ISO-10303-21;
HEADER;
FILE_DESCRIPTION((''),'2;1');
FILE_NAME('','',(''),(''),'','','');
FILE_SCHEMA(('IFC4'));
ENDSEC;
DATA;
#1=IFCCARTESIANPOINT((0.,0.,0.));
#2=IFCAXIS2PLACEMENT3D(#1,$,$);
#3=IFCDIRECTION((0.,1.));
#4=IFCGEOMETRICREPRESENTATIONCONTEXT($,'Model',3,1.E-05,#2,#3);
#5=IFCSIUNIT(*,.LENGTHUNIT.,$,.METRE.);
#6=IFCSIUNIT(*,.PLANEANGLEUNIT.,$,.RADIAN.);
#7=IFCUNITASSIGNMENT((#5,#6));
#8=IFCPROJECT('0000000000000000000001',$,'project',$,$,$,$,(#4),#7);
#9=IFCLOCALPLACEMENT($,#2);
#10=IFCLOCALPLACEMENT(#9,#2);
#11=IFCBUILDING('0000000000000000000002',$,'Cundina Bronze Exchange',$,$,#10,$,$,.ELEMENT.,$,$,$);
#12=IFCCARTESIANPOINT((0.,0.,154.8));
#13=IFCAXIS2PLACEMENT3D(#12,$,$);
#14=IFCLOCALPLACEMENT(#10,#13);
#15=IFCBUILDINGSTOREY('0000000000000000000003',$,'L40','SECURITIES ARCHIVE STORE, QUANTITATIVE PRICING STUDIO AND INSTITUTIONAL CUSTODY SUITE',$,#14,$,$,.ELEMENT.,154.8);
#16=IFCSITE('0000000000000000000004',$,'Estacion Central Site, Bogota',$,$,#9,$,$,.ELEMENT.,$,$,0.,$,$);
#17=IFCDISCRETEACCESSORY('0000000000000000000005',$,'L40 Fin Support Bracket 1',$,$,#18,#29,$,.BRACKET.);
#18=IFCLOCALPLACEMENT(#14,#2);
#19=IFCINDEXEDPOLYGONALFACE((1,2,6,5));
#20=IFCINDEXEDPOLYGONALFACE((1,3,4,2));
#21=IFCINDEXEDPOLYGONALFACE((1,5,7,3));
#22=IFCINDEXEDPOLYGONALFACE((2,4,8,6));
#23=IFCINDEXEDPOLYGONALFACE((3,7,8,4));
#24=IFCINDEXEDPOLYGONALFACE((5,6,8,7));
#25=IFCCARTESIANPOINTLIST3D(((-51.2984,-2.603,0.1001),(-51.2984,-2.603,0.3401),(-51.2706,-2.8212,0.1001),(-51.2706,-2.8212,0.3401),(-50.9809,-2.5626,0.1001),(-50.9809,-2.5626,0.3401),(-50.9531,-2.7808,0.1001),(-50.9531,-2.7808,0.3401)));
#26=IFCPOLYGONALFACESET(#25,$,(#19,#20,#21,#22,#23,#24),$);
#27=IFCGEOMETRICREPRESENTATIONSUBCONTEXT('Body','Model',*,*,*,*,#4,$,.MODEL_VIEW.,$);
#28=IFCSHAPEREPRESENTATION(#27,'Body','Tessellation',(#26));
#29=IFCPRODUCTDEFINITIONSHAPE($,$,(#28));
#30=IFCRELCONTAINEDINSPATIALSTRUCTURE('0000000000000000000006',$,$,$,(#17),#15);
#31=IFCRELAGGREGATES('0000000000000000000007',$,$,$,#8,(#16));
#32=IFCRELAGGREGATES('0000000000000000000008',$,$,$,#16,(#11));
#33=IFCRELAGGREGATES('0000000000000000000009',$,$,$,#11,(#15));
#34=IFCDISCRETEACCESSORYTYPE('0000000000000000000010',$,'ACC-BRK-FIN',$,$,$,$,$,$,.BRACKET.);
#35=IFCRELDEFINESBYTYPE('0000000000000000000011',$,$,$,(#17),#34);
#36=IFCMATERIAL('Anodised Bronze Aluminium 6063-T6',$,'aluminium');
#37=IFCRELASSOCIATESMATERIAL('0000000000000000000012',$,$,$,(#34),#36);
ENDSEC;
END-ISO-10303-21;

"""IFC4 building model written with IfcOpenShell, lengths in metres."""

from ifc_helpers import new_model, si_unit, direction, frame, origin, origin_2d, place, context, subcontext, project, spatial, rectangle, extrude, material, type_object, element, save


model = new_model("IFC4")

# Units and contexts
model_context = context("Model", 3, precision=1e-05, world=origin(), true_north=direction((0.0, 1.0)))
body_context = subcontext(model_context, "Body", "Model", "MODEL_VIEW")
ifc_project = project(units=[si_unit("LENGTHUNIT", "METRE"), si_unit("PLANEANGLEUNIT", "RADIAN")], contexts=[model_context])

# Site, building, storey
site_placement = place(None, origin())
site = spatial("IfcSite", under=ifc_project, at=site_placement, Name="Estacion Central Site, Bogota", CompositionType="ELEMENT", RefElevation=0.0)
building_placement = place(site_placement, origin())
building = spatial("IfcBuilding", under=site, at=building_placement, Name="Cundina Bronze Exchange", CompositionType="ELEMENT")
storey_placement = place(building_placement, frame((0.0, 0.0, 154.8)))
storey = spatial("IfcBuildingStorey", under=building, at=storey_placement, Name="L40", Description="SECURITIES ARCHIVE STORE, QUANTITATIVE PRICING STUDIO AND INSTITUTIONAL CUSTODY SUITE", CompositionType="ELEMENT", Elevation=154.8)

# Shared definitions
ifc_material_1 = material(Name="Anodised Bronze Aluminium 6063-T6", Category="aluminium")

# Discrete accessory
discrete_accessory_type = type_object("IfcDiscreteAccessoryType", Name="ACC-BRK-FIN", PredefinedType="BRACKET", material=ifc_material_1)
discrete_accessory_placement = place(storey_placement, frame((-51.1257, -2.6919, 0.1001), z_axis=(0.0, 0.0, 1.0), x_axis=(0.126476, -0.99197, 0.0)))
element("IfcDiscreteAccessory", 1, at=discrete_accessory_placement, inside=storey, type_object=discrete_accessory_type, Name="L40 Fin Support Bracket 1", PredefinedType="BRACKET", context=body_context, shape_type="SweptSolid", body=[
    extrude(rectangle(XDim=0.22, YDim=0.3201, at=origin_2d()), origin(), (0.0, 0.0, 1.0), 0.24),
])

save(model, "model.ifc")
